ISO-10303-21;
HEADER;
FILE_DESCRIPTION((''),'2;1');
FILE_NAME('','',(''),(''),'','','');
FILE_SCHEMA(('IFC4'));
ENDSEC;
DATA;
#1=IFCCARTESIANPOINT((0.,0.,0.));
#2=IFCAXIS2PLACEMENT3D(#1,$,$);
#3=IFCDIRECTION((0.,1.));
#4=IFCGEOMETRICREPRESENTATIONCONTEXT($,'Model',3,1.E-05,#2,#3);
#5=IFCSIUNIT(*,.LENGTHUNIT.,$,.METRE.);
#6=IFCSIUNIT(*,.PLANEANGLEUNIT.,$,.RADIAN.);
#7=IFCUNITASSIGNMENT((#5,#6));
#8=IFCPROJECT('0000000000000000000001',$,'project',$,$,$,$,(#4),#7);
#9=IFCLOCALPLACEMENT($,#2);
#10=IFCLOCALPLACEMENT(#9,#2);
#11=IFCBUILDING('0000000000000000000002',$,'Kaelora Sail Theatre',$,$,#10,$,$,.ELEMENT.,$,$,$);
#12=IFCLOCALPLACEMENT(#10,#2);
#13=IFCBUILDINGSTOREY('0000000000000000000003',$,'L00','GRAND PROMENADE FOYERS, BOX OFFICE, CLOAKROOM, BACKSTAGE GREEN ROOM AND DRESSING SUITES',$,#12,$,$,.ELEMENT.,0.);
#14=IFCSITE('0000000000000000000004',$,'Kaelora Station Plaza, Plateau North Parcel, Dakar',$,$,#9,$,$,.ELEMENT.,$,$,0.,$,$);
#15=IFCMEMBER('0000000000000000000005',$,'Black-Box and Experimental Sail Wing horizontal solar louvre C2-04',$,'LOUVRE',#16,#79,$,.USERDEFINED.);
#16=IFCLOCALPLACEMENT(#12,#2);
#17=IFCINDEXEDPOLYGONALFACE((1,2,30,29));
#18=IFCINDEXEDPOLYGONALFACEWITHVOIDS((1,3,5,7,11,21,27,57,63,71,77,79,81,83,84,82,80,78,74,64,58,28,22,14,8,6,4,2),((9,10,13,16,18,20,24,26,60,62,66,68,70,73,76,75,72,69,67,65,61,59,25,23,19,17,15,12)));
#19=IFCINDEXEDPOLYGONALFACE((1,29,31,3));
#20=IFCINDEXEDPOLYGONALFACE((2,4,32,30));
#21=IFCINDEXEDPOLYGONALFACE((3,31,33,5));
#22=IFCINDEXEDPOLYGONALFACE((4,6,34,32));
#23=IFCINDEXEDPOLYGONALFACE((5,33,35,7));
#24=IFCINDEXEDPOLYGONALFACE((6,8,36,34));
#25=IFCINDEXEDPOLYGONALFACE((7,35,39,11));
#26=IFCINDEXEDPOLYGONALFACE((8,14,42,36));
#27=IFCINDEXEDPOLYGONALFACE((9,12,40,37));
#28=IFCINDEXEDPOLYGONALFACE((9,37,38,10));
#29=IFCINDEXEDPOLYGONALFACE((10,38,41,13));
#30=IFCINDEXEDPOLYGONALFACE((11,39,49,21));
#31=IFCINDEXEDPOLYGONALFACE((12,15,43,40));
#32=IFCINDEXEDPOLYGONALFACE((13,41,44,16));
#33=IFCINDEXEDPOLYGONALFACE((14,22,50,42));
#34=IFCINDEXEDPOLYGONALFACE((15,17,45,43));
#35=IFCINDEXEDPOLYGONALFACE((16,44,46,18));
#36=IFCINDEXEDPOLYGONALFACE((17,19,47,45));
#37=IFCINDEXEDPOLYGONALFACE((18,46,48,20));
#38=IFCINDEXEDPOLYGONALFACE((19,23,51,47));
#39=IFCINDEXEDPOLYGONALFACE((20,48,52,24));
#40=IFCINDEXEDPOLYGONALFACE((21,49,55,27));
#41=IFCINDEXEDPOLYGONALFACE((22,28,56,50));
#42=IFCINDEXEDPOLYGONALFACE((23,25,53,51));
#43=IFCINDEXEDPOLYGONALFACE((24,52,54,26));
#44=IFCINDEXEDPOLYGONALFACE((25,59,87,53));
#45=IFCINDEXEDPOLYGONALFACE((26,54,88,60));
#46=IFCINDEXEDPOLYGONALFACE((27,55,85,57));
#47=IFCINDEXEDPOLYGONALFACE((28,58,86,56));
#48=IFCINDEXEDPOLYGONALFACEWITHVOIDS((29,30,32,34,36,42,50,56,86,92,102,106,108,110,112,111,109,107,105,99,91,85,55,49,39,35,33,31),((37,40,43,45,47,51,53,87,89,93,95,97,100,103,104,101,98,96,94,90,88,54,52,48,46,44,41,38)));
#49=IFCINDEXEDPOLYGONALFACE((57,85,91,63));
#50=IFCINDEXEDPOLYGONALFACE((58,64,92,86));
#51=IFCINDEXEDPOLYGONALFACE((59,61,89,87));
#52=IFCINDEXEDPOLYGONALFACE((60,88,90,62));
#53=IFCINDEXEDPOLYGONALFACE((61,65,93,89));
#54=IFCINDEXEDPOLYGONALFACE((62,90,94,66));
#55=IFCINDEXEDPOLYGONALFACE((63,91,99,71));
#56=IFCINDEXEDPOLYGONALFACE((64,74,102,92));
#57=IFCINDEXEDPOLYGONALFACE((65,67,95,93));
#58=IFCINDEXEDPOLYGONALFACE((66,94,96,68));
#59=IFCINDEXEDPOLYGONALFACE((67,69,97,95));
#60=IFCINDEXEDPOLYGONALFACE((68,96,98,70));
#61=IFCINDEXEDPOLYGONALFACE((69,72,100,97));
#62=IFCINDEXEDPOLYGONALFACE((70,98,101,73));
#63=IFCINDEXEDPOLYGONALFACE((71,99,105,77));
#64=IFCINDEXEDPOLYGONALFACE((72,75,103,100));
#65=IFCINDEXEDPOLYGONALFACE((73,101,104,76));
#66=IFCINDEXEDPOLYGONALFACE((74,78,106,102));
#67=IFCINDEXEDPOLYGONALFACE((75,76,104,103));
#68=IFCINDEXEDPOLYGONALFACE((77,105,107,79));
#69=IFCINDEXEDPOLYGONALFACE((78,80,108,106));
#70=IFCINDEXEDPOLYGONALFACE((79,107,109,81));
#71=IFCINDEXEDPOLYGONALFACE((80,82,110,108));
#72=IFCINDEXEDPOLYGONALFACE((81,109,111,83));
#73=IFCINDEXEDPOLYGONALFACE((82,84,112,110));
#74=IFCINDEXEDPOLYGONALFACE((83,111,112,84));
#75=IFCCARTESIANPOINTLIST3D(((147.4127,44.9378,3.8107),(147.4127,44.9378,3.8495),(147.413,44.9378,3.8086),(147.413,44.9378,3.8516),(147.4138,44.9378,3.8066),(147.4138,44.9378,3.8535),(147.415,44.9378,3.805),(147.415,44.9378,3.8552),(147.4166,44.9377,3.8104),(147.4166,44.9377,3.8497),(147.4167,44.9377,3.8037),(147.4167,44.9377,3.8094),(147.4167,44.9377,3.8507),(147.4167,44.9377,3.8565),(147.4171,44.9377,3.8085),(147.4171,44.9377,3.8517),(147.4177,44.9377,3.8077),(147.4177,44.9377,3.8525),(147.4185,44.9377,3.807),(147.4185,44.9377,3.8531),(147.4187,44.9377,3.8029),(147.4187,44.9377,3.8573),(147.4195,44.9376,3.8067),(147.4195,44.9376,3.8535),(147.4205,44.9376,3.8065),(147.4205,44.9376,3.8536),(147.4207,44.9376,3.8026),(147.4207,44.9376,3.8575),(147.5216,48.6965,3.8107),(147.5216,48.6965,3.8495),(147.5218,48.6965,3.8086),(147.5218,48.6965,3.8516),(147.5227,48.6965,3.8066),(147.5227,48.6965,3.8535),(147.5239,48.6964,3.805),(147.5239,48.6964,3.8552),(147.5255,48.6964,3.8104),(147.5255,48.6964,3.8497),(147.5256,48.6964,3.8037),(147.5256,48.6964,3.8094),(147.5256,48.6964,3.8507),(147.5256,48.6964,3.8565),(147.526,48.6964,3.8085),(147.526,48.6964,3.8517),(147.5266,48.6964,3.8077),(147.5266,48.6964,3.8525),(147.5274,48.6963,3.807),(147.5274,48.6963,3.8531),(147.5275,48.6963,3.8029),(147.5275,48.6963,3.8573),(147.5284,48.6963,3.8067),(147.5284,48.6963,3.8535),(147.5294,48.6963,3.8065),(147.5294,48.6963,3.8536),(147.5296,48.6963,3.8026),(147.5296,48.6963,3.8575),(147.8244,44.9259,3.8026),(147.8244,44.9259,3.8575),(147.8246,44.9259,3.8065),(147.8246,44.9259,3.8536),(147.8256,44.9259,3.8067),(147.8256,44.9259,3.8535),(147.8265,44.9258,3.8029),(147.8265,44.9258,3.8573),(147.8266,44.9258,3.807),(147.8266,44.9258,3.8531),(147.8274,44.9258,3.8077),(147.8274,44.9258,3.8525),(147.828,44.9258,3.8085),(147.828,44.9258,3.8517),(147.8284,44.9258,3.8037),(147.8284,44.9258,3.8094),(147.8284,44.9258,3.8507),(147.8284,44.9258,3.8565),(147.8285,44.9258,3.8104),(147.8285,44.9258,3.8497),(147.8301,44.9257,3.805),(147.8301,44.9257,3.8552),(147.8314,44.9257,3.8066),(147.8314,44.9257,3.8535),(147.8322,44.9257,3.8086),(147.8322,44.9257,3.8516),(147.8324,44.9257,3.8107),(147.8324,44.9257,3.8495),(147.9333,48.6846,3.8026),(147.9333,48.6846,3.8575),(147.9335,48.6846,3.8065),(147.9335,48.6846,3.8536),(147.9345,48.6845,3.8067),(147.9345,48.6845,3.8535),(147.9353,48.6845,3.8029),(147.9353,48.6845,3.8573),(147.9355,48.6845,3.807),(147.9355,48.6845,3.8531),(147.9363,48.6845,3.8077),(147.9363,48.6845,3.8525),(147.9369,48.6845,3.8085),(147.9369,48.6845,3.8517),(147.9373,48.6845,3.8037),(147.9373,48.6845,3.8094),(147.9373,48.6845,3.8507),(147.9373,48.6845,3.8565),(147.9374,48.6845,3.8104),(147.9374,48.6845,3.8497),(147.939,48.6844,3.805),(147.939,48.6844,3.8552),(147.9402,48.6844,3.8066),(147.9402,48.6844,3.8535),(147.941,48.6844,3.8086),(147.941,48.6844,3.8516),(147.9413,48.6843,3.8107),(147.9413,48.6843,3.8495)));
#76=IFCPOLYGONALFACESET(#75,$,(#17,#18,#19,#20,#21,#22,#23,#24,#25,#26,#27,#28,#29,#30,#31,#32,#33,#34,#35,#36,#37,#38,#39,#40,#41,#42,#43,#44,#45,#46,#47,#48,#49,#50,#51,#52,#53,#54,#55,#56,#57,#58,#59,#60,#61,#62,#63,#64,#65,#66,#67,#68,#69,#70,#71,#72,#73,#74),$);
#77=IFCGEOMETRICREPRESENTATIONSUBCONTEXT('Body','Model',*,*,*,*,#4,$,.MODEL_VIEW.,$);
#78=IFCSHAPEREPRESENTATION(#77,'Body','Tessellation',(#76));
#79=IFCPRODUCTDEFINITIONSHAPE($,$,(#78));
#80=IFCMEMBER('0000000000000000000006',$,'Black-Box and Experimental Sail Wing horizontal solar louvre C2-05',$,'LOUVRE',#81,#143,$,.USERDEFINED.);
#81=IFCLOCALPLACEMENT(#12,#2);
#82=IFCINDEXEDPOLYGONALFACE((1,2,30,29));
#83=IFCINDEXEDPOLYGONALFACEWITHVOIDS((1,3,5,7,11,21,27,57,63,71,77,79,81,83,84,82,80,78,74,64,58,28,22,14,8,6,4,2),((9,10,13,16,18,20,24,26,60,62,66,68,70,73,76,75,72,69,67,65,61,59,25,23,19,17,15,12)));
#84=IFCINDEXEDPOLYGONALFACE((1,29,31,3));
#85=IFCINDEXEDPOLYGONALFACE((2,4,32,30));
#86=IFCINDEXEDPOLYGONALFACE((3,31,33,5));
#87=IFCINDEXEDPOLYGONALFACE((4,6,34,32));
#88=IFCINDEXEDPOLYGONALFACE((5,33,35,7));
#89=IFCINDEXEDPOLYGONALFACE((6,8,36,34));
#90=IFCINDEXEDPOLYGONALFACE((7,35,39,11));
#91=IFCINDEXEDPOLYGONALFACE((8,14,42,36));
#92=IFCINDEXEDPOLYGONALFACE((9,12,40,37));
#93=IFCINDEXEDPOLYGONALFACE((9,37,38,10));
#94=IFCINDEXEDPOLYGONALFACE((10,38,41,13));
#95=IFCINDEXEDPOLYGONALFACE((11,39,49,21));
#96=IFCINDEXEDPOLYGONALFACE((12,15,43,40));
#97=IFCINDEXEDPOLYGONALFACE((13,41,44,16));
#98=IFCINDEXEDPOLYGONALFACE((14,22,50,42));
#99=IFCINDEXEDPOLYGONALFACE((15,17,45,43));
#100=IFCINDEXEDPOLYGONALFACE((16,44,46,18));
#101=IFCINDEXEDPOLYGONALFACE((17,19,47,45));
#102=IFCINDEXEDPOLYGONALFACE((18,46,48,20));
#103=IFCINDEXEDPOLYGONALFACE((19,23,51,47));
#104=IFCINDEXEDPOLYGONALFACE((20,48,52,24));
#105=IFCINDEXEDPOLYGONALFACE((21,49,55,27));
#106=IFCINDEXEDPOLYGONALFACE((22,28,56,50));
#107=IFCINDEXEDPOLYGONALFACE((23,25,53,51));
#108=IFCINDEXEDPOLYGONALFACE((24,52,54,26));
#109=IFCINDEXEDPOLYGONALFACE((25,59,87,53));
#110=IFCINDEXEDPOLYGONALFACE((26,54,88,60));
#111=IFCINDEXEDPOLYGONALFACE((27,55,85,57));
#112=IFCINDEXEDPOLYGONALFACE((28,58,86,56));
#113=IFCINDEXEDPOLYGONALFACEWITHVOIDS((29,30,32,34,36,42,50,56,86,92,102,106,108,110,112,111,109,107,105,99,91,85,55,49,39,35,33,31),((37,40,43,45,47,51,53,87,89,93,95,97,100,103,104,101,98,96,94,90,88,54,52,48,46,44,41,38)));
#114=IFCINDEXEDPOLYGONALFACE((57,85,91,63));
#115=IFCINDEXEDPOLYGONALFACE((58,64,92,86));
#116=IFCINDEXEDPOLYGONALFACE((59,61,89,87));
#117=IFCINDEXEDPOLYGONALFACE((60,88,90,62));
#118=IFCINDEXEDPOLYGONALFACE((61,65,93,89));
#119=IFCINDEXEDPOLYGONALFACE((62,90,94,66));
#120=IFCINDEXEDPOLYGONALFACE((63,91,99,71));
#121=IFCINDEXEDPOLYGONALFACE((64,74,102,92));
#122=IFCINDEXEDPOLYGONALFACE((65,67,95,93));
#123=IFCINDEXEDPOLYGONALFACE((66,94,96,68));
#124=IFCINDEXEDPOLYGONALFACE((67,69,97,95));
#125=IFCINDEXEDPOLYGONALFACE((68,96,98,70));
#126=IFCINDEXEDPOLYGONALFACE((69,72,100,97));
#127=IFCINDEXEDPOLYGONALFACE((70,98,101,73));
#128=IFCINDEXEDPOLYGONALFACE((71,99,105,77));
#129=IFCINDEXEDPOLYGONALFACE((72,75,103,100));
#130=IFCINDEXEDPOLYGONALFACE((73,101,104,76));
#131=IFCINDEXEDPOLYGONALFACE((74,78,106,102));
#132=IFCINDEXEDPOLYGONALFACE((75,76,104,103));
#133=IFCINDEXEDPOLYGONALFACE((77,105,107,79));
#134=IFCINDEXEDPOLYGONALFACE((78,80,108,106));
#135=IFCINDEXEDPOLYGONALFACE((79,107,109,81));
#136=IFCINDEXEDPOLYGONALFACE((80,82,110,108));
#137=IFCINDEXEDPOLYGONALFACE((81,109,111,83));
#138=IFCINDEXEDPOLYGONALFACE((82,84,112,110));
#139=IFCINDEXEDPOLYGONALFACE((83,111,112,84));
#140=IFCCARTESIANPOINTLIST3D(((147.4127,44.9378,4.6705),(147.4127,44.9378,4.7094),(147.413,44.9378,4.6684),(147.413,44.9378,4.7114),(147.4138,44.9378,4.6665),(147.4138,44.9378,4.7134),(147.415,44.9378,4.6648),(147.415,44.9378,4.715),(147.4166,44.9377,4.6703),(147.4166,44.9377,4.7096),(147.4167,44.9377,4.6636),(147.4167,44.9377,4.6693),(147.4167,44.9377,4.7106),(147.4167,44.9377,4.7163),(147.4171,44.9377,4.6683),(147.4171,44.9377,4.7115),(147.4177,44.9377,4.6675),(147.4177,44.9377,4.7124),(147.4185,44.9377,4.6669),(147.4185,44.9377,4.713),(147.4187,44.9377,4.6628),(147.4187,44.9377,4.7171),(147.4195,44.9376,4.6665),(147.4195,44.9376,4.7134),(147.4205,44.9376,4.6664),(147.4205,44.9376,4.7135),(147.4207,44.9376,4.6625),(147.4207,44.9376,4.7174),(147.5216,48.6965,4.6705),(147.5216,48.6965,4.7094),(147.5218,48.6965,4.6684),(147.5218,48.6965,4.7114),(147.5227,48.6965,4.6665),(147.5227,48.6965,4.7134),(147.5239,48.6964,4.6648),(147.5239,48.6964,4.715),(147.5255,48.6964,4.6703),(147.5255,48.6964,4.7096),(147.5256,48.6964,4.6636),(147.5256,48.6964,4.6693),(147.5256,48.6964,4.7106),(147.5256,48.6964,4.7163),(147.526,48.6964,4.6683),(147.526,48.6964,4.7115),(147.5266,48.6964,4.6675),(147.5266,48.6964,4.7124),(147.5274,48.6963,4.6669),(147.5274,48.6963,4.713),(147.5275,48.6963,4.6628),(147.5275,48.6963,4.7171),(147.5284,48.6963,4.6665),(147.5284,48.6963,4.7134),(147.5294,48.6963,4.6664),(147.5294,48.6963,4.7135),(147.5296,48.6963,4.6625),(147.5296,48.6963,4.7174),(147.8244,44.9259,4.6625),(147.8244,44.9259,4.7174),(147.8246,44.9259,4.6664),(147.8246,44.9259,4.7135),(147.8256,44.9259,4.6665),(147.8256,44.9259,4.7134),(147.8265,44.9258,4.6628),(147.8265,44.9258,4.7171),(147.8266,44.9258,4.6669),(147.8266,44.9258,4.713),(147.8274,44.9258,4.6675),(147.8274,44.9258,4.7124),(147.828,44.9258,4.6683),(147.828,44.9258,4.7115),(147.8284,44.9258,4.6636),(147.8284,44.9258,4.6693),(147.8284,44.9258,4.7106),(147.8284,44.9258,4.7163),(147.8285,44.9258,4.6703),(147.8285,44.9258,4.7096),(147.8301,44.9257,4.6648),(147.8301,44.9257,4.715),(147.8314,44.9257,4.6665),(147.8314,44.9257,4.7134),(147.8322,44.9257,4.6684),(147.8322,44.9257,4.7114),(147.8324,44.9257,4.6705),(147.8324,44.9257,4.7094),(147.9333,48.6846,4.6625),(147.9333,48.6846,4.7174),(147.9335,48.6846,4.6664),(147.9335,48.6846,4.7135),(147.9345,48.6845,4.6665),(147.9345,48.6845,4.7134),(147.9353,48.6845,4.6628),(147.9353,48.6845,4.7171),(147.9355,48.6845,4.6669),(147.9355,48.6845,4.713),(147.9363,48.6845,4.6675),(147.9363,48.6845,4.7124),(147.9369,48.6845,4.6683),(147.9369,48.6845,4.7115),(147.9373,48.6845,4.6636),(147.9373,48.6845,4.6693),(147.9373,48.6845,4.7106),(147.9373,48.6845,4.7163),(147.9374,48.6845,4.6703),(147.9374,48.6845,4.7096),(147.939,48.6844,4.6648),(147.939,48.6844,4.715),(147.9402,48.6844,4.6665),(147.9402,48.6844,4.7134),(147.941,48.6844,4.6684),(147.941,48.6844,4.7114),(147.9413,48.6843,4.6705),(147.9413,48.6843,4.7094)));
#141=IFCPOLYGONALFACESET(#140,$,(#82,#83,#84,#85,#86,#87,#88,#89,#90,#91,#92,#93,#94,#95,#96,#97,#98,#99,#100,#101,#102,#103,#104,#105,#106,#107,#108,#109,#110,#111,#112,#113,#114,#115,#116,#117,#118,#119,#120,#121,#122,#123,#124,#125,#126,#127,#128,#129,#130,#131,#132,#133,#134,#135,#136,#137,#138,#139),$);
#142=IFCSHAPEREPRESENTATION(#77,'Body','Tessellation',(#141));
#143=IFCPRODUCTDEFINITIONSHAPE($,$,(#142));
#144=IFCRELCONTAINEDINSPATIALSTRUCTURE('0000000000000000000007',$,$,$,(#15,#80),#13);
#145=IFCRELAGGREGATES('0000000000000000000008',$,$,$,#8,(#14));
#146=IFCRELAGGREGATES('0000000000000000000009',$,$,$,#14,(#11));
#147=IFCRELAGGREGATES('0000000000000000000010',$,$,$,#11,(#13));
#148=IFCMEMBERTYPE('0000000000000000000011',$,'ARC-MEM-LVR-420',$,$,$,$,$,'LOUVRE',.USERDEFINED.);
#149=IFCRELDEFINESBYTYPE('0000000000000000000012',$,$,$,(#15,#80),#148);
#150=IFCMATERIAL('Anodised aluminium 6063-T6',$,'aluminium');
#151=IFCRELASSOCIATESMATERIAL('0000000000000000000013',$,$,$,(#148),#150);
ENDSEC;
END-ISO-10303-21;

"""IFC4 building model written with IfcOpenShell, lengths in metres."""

from ifc_helpers import new_model, si_unit, direction, frame, origin, origin_2d, place, context, subcontext, project, spatial, hollow_rectangle, extrude, material, material_profile, profile_set, type_object, element, save


model = new_model("IFC4")

# Units and contexts
model_context = context("Model", 3, precision=1e-05, world=origin(), true_north=direction((0.0, 1.0)))
body_context = subcontext(model_context, "Body", "Model", "MODEL_VIEW")
ifc_project = project(units=[si_unit("LENGTHUNIT", "METRE"), si_unit("PLANEANGLEUNIT", "RADIAN")], contexts=[model_context])

# Site, building, storey
site_placement = place(None, origin())
site = spatial("IfcSite", under=ifc_project, at=site_placement, Name="Kaelora Station Plaza, Plateau North Parcel, Dakar", CompositionType="ELEMENT", RefElevation=0.0)
building_placement = place(site_placement, origin())
building = spatial("IfcBuilding", under=site, at=building_placement, Name="Kaelora Sail Theatre", CompositionType="ELEMENT")
storey_placement = place(building_placement, origin())
storey = spatial("IfcBuildingStorey", under=building, at=storey_placement, Name="L00", Description="GRAND PROMENADE FOYERS, BOX OFFICE, CLOAKROOM, BACKSTAGE GREEN ROOM AND DRESSING SUITES", CompositionType="ELEMENT", Elevation=0.0)

# Members
ifc_material_1 = material(Name="Anodised aluminium 6063-T6", Category="aluminium")
ifc_material_profile_1 = material_profile(ifc_material_1, hollow_rectangle(XDim=0.4199, YDim=0.0549, WallThickness=0.0039, InnerFilletRadius=0.0039, OuterFilletRadius=0.0081, at=origin_2d()), Name="LOUVRE 420x55x4")
ifc_profile_set_1 = profile_set([ifc_material_profile_1], Name="Anodised aluminium 6063-T6")
member_type_1 = type_object("IfcMemberType", Name="ARC-MEM-LVR-420", ElementType="LOUVRE", PredefinedType="USERDEFINED", material=ifc_profile_set_1)
for number, where, z_axis, x_axis, name in (
    (1, (147.7314, 48.6904, 3.8301), (-0.028956, -0.999581, 0.0), (0.999581, -0.028956, 0.0), "Black-Box and Experimental Sail Wing horizontal solar louvre C2-04"),
    (2, (147.7314, 48.6904, 4.6899), (-0.028956, -0.999581, 0.0), (0.999581, -0.028956, 0.0), "Black-Box and Experimental Sail Wing horizontal solar louvre C2-05"),
):
    element("IfcMember", number, at=place(storey_placement, frame(where, z_axis=z_axis, x_axis=x_axis)), inside=storey, type_object=member_type_1, Name=name, ObjectType="LOUVRE", PredefinedType="USERDEFINED", context=body_context, shape_type="SweptSolid", body=[
        extrude(hollow_rectangle(XDim=0.4199, YDim=0.0549, WallThickness=0.0039, InnerFilletRadius=0.0039, OuterFilletRadius=0.0081, at=origin_2d()), origin(), (0.0, 0.0, 1.0), 3.7603),
    ])

save(model, "model.ifc")
